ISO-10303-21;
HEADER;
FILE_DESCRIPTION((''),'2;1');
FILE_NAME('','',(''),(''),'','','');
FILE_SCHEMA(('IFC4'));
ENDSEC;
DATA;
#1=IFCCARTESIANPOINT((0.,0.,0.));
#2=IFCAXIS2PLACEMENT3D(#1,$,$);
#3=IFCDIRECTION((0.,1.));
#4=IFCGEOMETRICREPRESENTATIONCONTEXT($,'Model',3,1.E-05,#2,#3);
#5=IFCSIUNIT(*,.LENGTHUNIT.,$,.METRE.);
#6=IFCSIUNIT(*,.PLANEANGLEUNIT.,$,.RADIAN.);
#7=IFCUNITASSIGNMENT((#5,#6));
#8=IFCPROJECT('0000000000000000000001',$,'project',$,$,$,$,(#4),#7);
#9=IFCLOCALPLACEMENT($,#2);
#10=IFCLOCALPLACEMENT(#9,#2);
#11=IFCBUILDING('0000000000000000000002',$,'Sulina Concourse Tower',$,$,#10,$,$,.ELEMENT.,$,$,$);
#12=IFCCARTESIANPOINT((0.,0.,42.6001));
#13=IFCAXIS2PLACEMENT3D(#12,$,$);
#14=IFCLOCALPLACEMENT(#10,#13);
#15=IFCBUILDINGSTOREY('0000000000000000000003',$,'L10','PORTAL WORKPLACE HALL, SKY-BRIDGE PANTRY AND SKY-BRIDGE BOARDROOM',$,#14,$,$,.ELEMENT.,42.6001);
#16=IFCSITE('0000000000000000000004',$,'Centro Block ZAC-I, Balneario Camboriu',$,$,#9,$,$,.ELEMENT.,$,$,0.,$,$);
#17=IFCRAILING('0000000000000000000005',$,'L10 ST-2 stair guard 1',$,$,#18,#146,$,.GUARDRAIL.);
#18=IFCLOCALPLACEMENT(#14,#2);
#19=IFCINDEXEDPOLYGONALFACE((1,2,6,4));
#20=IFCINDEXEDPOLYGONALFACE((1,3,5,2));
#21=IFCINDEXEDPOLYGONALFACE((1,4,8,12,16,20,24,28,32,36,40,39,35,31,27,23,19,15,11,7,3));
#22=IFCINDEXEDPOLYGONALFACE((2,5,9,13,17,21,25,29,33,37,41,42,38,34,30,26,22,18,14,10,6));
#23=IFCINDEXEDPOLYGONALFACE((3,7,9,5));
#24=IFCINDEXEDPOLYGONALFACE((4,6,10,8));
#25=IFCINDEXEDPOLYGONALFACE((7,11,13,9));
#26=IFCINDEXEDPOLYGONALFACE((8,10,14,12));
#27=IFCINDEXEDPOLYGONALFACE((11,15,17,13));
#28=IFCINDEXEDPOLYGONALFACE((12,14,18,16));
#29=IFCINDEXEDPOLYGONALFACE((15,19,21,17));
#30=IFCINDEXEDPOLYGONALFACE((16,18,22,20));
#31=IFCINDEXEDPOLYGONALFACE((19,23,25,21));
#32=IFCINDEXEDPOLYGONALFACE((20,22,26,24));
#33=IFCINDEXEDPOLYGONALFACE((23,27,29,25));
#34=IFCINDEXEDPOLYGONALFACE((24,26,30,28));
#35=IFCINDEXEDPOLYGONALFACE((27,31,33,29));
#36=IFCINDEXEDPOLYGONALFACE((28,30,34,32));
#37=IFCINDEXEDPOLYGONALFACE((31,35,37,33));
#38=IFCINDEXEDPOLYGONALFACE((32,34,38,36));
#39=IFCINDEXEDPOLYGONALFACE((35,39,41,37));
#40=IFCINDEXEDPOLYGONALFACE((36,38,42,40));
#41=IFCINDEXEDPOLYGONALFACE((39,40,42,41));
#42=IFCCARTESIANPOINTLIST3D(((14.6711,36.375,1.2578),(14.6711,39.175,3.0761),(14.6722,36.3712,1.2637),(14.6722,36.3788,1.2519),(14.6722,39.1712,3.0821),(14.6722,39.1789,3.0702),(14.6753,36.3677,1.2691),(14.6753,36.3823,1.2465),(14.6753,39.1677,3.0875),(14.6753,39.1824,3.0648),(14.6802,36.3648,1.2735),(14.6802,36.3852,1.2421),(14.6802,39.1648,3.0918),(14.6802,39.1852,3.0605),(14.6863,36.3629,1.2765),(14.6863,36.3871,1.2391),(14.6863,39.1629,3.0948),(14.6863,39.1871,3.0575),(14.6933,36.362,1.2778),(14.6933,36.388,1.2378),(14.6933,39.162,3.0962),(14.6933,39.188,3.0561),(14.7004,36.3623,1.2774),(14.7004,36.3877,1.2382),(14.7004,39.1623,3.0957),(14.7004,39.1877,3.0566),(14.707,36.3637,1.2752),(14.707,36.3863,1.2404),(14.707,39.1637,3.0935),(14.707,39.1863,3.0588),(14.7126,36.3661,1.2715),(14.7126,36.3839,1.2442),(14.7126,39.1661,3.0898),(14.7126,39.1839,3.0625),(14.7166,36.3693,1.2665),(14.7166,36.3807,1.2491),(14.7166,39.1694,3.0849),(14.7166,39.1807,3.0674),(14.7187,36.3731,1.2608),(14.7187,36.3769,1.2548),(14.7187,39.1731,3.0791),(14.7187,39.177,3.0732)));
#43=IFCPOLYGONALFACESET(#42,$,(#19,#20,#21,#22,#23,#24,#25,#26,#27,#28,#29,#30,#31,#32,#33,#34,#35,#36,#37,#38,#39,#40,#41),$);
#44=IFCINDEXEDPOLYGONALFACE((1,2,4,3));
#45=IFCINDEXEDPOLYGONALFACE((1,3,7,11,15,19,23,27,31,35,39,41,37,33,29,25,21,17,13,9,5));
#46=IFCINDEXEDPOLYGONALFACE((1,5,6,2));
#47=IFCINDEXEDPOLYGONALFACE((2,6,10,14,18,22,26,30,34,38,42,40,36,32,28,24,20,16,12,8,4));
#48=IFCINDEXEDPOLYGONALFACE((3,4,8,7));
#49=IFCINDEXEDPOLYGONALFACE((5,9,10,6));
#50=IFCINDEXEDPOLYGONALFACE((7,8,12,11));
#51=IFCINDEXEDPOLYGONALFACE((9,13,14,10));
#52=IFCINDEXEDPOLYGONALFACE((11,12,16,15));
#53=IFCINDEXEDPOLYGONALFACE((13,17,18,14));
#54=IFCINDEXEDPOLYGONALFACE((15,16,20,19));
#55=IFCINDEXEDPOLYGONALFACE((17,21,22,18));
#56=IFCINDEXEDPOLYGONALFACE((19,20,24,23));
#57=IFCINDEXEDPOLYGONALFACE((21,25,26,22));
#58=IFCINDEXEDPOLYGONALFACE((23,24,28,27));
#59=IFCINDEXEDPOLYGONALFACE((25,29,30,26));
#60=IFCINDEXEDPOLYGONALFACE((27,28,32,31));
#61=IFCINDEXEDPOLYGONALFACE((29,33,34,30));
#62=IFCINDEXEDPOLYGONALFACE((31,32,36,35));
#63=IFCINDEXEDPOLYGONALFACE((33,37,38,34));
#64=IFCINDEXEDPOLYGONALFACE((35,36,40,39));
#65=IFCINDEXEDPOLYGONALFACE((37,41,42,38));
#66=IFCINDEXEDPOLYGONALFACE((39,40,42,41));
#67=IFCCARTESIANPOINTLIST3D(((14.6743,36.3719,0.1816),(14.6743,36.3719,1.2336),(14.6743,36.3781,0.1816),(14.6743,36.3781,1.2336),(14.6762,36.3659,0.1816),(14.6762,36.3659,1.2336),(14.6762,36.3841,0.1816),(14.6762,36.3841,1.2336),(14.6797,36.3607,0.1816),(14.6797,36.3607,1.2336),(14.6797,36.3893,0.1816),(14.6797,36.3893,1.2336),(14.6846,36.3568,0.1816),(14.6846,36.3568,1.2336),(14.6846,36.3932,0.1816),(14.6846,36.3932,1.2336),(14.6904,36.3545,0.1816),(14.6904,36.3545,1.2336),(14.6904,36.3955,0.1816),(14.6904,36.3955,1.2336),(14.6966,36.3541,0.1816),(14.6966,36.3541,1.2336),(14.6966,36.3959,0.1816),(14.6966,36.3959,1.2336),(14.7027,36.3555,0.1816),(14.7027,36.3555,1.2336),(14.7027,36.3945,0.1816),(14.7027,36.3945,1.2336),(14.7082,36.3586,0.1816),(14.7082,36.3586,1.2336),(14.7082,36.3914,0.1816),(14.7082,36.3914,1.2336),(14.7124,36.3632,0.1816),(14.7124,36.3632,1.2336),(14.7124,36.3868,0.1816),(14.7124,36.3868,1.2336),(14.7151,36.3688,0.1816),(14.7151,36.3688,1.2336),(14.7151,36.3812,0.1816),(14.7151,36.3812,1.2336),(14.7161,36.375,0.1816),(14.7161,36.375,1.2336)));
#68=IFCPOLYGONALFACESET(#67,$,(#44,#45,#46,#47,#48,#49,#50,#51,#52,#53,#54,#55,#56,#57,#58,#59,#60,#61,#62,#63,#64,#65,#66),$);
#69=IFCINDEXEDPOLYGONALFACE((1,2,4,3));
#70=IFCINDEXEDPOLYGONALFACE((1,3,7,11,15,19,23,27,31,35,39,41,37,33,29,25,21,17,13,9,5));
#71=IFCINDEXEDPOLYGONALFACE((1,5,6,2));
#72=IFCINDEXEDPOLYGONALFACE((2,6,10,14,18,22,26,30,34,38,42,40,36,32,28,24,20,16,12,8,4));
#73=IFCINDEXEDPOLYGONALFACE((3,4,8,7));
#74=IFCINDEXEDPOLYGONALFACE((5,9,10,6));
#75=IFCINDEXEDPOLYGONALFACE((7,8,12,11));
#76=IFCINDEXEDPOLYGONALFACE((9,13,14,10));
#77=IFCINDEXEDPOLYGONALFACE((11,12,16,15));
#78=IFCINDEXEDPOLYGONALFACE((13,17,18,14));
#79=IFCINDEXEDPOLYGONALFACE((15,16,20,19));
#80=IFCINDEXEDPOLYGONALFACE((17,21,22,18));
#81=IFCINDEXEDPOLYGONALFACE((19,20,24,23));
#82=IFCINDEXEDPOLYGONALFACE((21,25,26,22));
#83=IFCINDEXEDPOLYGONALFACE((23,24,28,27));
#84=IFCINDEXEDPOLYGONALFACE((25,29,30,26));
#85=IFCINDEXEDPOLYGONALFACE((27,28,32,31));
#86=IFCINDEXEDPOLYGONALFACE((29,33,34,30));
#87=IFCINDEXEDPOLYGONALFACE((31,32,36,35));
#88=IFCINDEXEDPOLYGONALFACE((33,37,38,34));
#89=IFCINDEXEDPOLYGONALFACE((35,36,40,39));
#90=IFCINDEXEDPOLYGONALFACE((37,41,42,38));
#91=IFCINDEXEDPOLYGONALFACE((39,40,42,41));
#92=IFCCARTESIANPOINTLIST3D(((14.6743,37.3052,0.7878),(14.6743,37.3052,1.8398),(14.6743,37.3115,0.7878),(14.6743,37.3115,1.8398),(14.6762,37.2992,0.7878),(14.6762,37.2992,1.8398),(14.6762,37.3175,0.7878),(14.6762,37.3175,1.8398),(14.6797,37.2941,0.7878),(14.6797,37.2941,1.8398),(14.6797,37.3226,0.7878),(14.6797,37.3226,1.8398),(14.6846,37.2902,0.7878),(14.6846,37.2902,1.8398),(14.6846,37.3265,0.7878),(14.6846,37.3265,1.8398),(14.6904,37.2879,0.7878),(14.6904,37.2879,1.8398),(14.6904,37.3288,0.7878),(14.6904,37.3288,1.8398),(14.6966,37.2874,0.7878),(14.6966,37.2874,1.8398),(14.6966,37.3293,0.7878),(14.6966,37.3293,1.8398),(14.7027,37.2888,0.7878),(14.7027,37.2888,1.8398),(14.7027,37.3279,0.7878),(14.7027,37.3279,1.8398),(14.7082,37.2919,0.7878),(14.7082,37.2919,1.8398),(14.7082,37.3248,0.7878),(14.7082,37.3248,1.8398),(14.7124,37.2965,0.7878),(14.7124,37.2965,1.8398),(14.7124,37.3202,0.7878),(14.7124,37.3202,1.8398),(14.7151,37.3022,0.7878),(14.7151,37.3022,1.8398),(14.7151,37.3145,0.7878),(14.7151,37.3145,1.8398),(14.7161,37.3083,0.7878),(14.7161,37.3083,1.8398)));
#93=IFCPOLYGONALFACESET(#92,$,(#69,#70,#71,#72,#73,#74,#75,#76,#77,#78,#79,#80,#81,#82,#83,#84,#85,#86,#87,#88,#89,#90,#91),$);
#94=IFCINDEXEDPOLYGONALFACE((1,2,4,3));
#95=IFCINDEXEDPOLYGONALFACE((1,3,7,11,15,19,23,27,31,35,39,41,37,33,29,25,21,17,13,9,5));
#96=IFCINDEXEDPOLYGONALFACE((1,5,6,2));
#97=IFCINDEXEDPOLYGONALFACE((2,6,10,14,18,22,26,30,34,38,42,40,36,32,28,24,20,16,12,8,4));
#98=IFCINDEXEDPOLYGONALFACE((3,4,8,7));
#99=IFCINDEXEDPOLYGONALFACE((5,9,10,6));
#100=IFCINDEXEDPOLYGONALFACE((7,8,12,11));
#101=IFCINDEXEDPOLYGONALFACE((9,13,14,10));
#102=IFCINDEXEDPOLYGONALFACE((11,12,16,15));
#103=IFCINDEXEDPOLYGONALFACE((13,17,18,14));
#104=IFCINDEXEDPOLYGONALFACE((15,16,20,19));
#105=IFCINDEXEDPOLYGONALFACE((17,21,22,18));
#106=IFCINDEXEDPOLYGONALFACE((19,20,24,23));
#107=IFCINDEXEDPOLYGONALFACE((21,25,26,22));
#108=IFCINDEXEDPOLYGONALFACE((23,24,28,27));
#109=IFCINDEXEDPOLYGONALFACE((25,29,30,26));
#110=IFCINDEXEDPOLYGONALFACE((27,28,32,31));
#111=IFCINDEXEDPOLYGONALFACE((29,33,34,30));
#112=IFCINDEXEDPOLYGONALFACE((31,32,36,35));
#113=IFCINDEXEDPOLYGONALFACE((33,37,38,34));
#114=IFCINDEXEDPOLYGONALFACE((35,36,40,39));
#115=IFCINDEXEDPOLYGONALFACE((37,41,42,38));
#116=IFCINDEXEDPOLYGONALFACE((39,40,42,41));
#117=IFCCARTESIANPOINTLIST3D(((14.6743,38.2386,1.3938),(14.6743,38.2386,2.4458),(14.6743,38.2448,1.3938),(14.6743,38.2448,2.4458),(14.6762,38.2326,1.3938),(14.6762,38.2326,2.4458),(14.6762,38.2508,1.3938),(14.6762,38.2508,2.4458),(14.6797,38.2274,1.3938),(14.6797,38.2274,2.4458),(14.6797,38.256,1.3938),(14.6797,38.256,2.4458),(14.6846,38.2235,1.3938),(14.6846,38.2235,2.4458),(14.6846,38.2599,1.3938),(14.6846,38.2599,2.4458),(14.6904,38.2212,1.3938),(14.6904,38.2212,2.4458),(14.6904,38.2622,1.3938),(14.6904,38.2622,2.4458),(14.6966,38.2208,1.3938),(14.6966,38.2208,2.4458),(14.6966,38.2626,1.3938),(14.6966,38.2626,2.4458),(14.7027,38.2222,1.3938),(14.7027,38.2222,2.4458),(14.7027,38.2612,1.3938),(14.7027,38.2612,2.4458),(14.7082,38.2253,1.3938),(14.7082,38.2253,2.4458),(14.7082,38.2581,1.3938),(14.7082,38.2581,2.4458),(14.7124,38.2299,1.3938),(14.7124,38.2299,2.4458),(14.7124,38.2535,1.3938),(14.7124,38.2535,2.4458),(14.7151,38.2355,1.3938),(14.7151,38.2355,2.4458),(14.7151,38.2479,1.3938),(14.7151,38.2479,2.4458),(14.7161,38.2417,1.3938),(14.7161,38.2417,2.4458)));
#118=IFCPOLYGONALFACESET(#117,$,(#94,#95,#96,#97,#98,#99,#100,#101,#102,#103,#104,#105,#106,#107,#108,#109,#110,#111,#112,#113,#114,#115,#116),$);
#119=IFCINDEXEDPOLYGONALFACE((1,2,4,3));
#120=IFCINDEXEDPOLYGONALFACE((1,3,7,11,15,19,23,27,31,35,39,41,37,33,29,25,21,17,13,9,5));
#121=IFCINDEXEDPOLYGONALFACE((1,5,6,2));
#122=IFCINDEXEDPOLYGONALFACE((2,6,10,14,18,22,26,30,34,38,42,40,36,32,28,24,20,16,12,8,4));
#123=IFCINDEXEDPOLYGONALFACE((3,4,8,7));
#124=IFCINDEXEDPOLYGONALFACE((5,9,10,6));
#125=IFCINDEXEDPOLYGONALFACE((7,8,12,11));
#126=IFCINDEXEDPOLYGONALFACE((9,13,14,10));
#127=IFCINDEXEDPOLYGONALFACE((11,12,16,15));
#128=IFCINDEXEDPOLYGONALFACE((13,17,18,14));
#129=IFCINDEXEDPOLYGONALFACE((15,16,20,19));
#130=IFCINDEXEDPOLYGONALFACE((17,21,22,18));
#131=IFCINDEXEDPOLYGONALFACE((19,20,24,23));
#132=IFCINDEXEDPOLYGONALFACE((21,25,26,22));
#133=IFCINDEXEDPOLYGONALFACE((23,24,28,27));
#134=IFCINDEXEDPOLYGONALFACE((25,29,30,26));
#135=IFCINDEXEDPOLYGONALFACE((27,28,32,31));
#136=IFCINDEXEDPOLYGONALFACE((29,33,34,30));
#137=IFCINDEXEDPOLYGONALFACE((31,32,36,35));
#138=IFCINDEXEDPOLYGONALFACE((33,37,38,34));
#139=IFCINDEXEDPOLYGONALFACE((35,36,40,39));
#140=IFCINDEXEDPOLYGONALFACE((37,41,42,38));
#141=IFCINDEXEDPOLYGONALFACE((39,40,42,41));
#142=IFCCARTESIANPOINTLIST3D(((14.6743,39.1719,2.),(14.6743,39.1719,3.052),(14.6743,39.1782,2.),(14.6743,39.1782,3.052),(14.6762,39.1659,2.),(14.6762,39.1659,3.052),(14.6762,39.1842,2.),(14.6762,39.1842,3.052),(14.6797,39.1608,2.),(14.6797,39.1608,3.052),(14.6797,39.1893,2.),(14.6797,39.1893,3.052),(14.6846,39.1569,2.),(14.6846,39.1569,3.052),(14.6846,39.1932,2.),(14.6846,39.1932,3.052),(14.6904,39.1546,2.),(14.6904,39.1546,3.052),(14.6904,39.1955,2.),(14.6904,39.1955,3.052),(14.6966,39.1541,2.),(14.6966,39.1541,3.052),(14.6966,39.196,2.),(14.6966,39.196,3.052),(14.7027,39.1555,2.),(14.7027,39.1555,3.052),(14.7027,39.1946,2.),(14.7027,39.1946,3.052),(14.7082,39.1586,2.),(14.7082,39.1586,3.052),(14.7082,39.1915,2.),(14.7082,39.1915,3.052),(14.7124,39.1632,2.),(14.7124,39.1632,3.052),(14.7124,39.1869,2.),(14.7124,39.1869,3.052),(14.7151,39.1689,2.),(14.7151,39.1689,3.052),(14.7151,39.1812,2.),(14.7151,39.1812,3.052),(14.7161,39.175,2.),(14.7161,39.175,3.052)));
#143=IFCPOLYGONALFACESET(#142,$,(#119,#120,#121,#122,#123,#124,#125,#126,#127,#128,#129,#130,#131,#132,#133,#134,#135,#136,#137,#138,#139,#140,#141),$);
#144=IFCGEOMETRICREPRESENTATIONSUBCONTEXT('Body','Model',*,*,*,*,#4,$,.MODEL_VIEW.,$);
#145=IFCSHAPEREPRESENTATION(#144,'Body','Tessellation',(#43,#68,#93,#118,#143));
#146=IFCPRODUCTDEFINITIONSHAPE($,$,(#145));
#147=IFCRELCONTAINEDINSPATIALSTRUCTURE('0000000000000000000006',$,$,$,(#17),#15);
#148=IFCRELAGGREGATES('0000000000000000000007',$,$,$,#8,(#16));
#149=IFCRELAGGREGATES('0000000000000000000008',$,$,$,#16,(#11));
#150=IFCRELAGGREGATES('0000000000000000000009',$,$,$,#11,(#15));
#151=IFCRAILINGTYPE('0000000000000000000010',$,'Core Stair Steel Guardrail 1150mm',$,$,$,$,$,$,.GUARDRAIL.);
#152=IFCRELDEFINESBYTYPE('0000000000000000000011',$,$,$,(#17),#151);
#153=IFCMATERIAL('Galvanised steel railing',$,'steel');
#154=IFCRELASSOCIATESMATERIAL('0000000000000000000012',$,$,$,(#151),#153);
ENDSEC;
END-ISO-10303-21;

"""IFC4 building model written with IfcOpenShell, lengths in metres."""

from ifc_helpers import new_model, si_unit, direction, frame, origin, origin_2d, place, context, subcontext, project, spatial, circle, extrude, material, type_object, element, save


model = new_model("IFC4")

# Units and contexts
model_context = context("Model", 3, precision=1e-05, world=origin(), true_north=direction((0.0, 1.0)))
body_context = subcontext(model_context, "Body", "Model", "MODEL_VIEW")
ifc_project = project(units=[si_unit("LENGTHUNIT", "METRE"), si_unit("PLANEANGLEUNIT", "RADIAN")], contexts=[model_context])

# Site, building, storey
site_placement = place(None, origin())
site = spatial("IfcSite", under=ifc_project, at=site_placement, Name="Centro Block ZAC-I, Balneario Camboriu", CompositionType="ELEMENT", RefElevation=0.0)
building_placement = place(site_placement, origin())
building = spatial("IfcBuilding", under=site, at=building_placement, Name="Sulina Concourse Tower", CompositionType="ELEMENT")
storey_placement = place(building_placement, frame((0.0, 0.0, 42.6001)))
storey = spatial("IfcBuildingStorey", under=building, at=storey_placement, Name="L10", Description="PORTAL WORKPLACE HALL, SKY-BRIDGE PANTRY AND SKY-BRIDGE BOARDROOM", CompositionType="ELEMENT", Elevation=42.6001)

# Railing
ifc_material_1 = material(Name="Galvanised steel railing", Category="steel")
railing_type_1 = type_object("IfcRailingType", Name="Core Stair Steel Guardrail 1150mm", PredefinedType="GUARDRAIL", material=ifc_material_1)
railing_1_placement = place(storey_placement, frame((14.6951, 36.375, 0.1816)))
element("IfcRailing", 1, at=railing_1_placement, inside=storey, type_object=railing_type_1, Name="L10 ST-2 stair guard 1", PredefinedType="GUARDRAIL", context=body_context, shape_type="SweptSolid", body=[
    extrude(circle(Radius=0.0239, at=origin_2d()), frame((0.0, 0.0, 1.0762), z_axis=(0.0, 0.838672, 0.544636), x_axis=(-1.0, 0.0, 0.0)), (0.0, 0.0, 1.0), 3.3386),
    extrude(circle(Radius=0.021, at=origin_2d()), origin(), (0.0, 0.0, 1.0), 1.052),
    extrude(circle(Radius=0.021, at=origin_2d()), frame((0.0, 0.9333, 0.6062)), (0.0, 0.0, 1.0), 1.052),
    extrude(circle(Radius=0.021, at=origin_2d()), frame((0.0, 1.8667, 1.2122)), (0.0, 0.0, 1.0), 1.052),
    extrude(circle(Radius=0.021, at=origin_2d()), frame((0.0, 2.8, 1.8184)), (0.0, 0.0, 1.0), 1.052),
])

save(model, "model.ifc")
